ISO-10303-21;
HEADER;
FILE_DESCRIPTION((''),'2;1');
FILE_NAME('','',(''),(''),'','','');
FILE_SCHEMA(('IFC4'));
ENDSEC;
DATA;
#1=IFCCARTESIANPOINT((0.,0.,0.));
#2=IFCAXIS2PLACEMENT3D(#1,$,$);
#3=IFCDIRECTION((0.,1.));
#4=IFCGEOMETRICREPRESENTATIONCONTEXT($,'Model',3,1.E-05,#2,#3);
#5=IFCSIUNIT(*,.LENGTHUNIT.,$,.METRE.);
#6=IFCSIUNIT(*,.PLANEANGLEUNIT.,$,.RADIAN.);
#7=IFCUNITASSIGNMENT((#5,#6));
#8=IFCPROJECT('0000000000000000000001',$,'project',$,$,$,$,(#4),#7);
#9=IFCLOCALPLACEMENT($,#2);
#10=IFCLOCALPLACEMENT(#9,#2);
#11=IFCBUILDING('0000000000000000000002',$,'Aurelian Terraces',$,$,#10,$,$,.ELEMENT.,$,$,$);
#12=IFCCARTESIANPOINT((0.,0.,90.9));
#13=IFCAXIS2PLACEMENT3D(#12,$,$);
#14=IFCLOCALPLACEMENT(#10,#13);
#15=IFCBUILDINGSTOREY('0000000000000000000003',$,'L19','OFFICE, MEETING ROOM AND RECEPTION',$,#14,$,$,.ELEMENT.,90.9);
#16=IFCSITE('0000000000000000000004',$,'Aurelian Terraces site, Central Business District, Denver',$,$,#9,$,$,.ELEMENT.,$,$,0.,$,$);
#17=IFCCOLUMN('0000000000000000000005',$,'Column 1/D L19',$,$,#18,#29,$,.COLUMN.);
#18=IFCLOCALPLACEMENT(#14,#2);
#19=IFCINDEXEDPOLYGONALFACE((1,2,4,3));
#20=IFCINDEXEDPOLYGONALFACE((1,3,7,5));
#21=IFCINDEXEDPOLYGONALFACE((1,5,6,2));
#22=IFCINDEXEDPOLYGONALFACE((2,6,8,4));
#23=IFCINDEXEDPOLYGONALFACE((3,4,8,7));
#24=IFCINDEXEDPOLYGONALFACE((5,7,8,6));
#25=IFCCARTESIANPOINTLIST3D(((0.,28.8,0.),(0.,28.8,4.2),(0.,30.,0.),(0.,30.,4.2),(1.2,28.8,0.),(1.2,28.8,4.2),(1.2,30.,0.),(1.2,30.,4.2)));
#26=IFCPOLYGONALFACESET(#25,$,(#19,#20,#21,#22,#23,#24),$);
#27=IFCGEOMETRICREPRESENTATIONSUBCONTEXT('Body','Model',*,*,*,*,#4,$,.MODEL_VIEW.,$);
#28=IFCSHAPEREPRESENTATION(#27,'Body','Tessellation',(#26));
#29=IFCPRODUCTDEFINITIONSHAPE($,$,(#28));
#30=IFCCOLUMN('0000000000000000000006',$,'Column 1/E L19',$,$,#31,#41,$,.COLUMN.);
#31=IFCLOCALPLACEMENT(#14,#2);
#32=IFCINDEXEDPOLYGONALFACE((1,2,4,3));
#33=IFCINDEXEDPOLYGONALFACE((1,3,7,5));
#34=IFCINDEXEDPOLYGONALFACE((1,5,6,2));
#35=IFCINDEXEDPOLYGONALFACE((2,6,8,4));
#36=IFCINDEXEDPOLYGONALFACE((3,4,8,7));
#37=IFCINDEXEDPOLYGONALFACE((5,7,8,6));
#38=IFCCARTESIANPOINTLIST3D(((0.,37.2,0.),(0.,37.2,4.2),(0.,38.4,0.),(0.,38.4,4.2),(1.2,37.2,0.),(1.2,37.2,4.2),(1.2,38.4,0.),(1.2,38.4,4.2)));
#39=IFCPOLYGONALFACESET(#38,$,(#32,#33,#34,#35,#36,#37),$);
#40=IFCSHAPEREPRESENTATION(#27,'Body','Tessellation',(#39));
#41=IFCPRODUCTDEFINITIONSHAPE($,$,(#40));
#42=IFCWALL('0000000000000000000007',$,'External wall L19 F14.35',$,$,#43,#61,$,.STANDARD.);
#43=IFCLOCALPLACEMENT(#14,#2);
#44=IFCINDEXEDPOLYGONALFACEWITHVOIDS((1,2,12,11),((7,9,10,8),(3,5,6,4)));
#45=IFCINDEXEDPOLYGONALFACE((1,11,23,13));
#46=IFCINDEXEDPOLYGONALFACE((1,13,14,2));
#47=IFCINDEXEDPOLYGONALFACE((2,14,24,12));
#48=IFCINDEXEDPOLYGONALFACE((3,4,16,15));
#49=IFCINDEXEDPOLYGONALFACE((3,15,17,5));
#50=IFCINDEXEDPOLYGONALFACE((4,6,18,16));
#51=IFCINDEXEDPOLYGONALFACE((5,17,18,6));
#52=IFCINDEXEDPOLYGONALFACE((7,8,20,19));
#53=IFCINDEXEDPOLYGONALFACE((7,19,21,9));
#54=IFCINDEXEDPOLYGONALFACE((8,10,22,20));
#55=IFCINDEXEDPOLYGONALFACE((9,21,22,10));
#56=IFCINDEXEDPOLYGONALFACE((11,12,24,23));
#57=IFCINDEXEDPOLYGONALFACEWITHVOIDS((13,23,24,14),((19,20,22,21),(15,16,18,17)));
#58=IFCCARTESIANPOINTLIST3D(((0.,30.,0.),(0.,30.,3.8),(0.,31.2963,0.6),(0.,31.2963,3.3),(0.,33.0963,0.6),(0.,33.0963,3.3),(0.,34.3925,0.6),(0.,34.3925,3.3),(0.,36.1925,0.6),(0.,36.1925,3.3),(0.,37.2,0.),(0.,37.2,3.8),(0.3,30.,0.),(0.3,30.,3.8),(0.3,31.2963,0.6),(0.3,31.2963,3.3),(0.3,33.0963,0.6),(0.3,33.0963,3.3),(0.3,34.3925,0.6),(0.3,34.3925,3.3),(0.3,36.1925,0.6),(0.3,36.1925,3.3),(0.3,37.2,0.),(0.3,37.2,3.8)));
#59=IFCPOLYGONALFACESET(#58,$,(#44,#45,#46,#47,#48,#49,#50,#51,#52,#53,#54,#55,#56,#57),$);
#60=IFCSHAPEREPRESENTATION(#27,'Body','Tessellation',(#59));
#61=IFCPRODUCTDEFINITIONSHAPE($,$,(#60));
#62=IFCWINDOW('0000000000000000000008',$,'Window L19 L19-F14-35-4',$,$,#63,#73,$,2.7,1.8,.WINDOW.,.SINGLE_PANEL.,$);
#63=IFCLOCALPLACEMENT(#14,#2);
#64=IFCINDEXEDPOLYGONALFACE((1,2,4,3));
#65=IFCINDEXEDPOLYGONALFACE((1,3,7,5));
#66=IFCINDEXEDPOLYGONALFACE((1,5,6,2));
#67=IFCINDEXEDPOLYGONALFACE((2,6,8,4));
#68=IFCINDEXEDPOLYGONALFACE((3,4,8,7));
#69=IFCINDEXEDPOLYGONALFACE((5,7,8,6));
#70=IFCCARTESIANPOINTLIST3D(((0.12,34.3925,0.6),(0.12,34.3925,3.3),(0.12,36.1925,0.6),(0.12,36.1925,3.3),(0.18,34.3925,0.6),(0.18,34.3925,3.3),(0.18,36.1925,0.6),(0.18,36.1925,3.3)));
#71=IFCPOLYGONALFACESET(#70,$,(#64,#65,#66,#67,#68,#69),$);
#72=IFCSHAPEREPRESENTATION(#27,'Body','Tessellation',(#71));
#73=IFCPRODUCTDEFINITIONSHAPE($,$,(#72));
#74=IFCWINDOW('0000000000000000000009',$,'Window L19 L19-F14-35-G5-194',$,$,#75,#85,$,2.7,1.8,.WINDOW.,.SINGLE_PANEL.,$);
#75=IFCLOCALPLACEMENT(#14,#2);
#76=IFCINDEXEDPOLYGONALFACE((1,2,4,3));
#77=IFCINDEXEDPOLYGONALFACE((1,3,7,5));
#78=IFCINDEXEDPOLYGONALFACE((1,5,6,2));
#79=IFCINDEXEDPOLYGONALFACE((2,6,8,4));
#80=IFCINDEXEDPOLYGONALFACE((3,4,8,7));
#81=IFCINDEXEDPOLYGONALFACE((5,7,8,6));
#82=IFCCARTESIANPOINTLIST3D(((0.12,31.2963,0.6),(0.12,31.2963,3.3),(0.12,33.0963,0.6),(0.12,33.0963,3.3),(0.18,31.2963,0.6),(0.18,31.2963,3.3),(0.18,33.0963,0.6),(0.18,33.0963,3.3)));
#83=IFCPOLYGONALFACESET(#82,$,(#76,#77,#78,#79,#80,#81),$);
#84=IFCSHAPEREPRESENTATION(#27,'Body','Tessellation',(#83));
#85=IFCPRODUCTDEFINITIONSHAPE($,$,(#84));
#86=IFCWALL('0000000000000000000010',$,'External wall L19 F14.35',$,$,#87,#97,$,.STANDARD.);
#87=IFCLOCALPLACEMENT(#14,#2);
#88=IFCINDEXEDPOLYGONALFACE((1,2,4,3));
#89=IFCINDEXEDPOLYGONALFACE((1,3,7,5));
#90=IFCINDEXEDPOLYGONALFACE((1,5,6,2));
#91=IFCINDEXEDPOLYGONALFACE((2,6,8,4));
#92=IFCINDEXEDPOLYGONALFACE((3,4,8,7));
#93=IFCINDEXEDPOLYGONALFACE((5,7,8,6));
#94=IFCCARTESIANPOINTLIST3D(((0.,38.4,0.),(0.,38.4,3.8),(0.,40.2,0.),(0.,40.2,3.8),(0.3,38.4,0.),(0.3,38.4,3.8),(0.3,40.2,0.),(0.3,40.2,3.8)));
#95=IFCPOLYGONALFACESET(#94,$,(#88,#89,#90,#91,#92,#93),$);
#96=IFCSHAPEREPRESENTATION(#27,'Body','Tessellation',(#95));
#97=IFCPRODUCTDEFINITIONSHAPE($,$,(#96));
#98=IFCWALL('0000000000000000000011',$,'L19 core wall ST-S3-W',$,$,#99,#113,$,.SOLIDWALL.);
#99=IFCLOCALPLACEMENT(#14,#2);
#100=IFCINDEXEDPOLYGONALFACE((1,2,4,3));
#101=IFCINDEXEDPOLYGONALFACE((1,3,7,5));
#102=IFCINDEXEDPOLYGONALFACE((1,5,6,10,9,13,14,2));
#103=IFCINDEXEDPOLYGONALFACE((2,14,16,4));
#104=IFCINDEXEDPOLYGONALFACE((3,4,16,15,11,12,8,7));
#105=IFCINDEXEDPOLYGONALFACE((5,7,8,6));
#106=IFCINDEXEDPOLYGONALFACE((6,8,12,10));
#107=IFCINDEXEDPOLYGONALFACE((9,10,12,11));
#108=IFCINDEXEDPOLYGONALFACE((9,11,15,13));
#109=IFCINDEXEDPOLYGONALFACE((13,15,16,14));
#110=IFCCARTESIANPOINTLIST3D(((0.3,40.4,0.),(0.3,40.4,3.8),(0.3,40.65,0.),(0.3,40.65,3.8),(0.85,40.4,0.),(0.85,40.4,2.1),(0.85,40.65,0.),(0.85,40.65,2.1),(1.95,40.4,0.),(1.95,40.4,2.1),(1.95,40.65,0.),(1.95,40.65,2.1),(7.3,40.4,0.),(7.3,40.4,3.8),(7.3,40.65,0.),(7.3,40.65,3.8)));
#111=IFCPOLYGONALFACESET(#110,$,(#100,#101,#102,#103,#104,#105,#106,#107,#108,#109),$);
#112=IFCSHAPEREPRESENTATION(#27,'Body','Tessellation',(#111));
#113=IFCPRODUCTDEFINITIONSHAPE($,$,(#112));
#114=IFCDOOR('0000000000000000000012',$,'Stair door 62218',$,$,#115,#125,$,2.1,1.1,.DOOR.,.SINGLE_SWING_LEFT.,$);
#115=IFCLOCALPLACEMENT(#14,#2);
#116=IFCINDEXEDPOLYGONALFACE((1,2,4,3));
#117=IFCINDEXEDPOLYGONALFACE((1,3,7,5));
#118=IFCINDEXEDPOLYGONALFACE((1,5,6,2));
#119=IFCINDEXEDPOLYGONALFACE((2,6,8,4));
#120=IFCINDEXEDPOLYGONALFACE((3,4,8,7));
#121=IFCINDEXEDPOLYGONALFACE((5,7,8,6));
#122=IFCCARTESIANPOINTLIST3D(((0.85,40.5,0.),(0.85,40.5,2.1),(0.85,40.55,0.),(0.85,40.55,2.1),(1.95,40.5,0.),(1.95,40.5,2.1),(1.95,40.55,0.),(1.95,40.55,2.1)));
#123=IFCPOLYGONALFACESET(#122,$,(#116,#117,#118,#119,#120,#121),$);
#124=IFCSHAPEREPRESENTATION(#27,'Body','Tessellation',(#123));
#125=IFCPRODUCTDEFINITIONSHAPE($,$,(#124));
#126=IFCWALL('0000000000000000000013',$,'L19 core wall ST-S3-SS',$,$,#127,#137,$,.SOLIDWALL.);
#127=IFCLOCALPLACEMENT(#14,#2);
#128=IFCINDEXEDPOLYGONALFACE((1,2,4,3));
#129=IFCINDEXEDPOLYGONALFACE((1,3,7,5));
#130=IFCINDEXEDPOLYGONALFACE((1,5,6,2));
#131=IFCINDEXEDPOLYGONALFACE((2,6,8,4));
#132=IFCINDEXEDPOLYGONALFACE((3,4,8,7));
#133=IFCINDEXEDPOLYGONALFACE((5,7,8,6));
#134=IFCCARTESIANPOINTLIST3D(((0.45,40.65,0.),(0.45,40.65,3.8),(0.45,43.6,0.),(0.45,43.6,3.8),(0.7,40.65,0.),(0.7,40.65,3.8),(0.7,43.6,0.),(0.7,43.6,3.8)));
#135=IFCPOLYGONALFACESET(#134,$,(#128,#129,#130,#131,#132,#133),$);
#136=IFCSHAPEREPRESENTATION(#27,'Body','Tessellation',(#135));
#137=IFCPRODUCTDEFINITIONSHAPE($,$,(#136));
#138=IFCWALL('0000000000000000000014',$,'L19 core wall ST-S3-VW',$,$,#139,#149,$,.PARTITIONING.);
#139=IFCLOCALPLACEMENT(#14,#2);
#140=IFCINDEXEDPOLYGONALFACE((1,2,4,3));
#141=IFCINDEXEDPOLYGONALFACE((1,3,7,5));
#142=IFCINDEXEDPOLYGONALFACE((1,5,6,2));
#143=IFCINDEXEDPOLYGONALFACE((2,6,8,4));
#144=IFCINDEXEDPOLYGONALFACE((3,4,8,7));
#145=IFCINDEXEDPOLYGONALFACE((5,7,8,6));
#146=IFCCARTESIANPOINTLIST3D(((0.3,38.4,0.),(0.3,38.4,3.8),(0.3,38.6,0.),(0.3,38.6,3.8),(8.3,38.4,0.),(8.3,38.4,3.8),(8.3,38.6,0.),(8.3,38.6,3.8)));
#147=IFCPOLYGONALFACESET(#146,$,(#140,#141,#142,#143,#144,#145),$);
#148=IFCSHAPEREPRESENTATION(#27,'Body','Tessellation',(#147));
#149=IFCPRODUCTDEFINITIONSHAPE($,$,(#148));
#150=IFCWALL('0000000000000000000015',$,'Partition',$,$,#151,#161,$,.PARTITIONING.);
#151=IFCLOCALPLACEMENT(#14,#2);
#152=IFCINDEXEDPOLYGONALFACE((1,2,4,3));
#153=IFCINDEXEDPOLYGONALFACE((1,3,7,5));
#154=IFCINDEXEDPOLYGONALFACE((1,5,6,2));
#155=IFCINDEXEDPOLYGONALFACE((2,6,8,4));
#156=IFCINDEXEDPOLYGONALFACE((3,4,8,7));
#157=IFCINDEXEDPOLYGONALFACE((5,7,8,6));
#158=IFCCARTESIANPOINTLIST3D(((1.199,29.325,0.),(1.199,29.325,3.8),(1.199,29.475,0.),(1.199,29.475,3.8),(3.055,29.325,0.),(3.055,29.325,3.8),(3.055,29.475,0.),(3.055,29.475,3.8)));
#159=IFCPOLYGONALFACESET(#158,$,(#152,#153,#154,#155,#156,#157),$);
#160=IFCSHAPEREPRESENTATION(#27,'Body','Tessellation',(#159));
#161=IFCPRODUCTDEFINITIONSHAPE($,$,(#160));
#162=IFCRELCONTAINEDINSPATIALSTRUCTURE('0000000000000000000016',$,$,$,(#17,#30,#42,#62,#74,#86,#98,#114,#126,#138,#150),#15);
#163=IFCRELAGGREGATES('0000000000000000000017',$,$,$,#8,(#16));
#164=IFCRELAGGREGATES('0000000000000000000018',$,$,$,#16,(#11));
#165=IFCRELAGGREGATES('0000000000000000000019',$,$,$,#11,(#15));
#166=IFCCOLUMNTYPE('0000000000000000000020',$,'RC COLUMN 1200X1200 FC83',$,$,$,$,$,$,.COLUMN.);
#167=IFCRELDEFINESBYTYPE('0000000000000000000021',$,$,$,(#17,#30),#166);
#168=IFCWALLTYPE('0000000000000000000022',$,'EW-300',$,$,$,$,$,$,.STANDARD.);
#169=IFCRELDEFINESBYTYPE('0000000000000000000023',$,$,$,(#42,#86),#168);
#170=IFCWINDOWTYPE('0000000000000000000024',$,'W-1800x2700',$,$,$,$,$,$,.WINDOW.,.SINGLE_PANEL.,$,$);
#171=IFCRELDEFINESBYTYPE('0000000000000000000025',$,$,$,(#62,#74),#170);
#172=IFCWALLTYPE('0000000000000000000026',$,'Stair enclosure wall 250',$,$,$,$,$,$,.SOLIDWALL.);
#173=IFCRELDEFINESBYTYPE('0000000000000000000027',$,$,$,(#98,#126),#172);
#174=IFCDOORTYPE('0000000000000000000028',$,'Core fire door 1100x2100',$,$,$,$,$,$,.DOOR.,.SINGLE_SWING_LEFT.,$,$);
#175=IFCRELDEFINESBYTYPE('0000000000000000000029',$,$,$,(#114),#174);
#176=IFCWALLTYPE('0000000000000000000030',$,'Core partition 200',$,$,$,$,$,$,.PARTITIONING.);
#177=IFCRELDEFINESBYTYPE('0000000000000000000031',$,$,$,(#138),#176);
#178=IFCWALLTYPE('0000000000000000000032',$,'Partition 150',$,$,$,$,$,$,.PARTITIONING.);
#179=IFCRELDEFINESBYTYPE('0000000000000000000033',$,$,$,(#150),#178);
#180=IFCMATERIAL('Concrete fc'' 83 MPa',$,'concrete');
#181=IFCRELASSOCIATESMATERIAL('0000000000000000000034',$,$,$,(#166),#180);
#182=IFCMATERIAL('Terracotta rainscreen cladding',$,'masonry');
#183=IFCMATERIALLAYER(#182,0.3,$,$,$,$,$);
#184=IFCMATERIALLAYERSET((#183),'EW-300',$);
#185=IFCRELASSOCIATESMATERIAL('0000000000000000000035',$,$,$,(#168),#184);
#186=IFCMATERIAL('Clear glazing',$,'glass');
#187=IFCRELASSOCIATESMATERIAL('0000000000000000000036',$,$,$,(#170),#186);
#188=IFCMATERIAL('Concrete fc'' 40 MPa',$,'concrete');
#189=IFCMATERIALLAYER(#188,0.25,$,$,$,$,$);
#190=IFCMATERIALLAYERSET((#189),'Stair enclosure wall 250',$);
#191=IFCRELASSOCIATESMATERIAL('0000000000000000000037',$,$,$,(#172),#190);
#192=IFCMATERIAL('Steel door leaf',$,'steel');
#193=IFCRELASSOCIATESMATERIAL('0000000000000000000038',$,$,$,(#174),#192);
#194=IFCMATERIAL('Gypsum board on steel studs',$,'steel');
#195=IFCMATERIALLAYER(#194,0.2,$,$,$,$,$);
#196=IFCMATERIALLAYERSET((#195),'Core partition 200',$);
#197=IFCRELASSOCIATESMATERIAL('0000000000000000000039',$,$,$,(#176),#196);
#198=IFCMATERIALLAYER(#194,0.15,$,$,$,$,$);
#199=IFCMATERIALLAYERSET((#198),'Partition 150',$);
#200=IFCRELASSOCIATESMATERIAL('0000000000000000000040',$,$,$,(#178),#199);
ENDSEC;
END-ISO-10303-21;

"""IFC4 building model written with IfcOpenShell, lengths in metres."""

from ifc_helpers import new_model, si_unit, direction, frame, frame_2d, origin, origin_2d, place, context, subcontext, project, spatial, rectangle, extrude, source, transform, mapped, material, layer, layer_set, material_profile, profile_set, type_object, element, fill, save


model = new_model("IFC4")

# Units and contexts
model_context = context("Model", 3, precision=1e-05, world=origin(), true_north=direction((0.0, 1.0)))
body_context = subcontext(model_context, "Body", "Model", "MODEL_VIEW")
ifc_project = project(units=[si_unit("LENGTHUNIT", "METRE"), si_unit("PLANEANGLEUNIT", "RADIAN")], contexts=[model_context])

# Site, building, storey
site_placement = place(None, origin())
site = spatial("IfcSite", under=ifc_project, at=site_placement, Name="Aurelian Terraces site, Central Business District, Denver", CompositionType="ELEMENT", RefElevation=0.0)
building_placement = place(site_placement, origin())
building = spatial("IfcBuilding", under=site, at=building_placement, Name="Aurelian Terraces", CompositionType="ELEMENT")
storey_placement = place(building_placement, frame((0.0, 0.0, 90.9)))
storey = spatial("IfcBuildingStorey", under=building, at=storey_placement, Name="L19", Description="OFFICE, MEETING ROOM AND RECEPTION", CompositionType="ELEMENT", Elevation=90.9)

# Columns
ifc_material_1 = material(Name="Concrete fc' 83 MPa", Category="concrete")
ifc_material_profile = material_profile(ifc_material_1, rectangle(XDim=1.2, YDim=1.2, at=origin_2d()))
ifc_profile_set = profile_set([ifc_material_profile], Name="Concrete fc' 83 MPa")
column_type = type_object("IfcColumnType", Name="RC COLUMN 1200X1200 FC83", PredefinedType="COLUMN", material=ifc_profile_set)
shared_shape_1 = source(origin(), body_context, "Body", "SweptSolid", [
    extrude(rectangle(XDim=1.2, YDim=1.2, at=origin_2d()), origin(), (0.0, 0.0, 1.0), 4.2),
])
for number, where, z_axis, x_axis, name in (
    (1, (0.6, 29.4, 0.0), (0.0, 0.0, 1.0), (1.0, 0.0, 0.0), "Column 1/D L19"),
    (2, (0.6, 37.8, 0.0), (0.0, 0.0, 1.0), (1.0, 0.0, 0.0), "Column 1/E L19"),
):
    element("IfcColumn", number, at=place(storey_placement, frame(where, z_axis=z_axis, x_axis=x_axis)), inside=storey, type_object=column_type, Name=name, PredefinedType="COLUMN", context=body_context, shape_type="MappedRepresentation", body=[
        mapped(shared_shape_1, transform((0.0, 0.0, 0.0), scale=1.0)),
    ])

# Wall, openings, windows
ifc_material_2 = material(Name="Terracotta rainscreen cladding", Category="masonry")
ifc_layer_1 = layer(ifc_material_2, 0.3)
ifc_layer_set_1 = layer_set([ifc_layer_1], Name="EW-300")
wall_type_1 = type_object("IfcWallType", Name="EW-300", PredefinedType="STANDARD", material=ifc_layer_set_1)
shared_shape_2 = source(origin(), body_context, "Body", "SweptSolid", [
    extrude(rectangle(XDim=7.2, YDim=0.3, at=frame_2d((3.6, 0.0))), origin(), (0.0, 0.0, 1.0), 3.8),
])
wall_1_placement = place(storey_placement, frame((0.15, 37.2, 0.0), z_axis=(0.0, 0.0, 1.0), x_axis=(0.0, -1.0, 0.0)))
wall_1 = element("IfcWall", 3, at=wall_1_placement, inside=storey, type_object=wall_type_1, Name="External wall L19 F14.35", PredefinedType="STANDARD", context=body_context, shape_type="MappedRepresentation", body=[
    mapped(shared_shape_2, transform((0.0, 0.0, 0.0), scale=1.0)),
])
shared_shape_3 = source(origin(), body_context, "Body", "SweptSolid", [
    extrude(rectangle(XDim=1.8, YDim=2.7, at=frame_2d((0.9, 1.35))), frame((0.0, 0.16, 0.0), z_axis=(0.0, -1.0, 0.0), x_axis=(1.0, 0.0, 0.0)), (0.0, 0.0, 1.0), 0.32),
])
opening_1_placement = place(wall_1_placement, frame((1.0075, 0.0, 0.6)))
opening_1 = element("IfcOpeningElement", 4, at=opening_1_placement, cuts=wall_1, PredefinedType="OPENING", context=body_context, shape_type="MappedRepresentation", body=[
    mapped(shared_shape_3, transform((0.0, 0.0, 0.0), scale=1.0)),
])
opening_2_placement = place(wall_1_placement, frame((4.1037, 0.0, 0.6)))
opening_2 = element("IfcOpeningElement", 5, at=opening_2_placement, cuts=wall_1, PredefinedType="OPENING", context=body_context, shape_type="MappedRepresentation", body=[
    mapped(shared_shape_3, transform((0.0, 0.0, 0.0), scale=1.0)),
])
ifc_material_3 = material(Name="Clear glazing", Category="glass")
window_type = type_object("IfcWindowType", Name="W-1800x2700", PartitioningType="SINGLE_PANEL", PredefinedType="WINDOW", material=ifc_material_3)
shared_shape_4 = source(origin(), body_context, "Body", "SweptSolid", [
    extrude(rectangle(XDim=1.8, YDim=2.7, at=frame_2d((0.9, 1.35))), frame((0.0, 0.03, 0.0), z_axis=(0.0, -1.0, 0.0), x_axis=(1.0, 0.0, 0.0)), (0.0, 0.0, 1.0), 0.06),
])
window_1_placement = place(opening_1_placement, origin())
window_1 = element("IfcWindow", 6, at=window_1_placement, inside=storey, type_object=window_type, Name="Window L19 L19-F14-35-4", OverallHeight=2.7, OverallWidth=1.8, PartitioningType="SINGLE_PANEL", PredefinedType="WINDOW", context=body_context, shape_type="MappedRepresentation", body=[
    mapped(shared_shape_4, transform((0.0, 0.0, 0.0), scale=1.0)),
])
fill(opening_1, window_1)
window_2_placement = place(opening_2_placement, origin())
window_2 = element("IfcWindow", 7, at=window_2_placement, inside=storey, type_object=window_type, Name="Window L19 L19-F14-35-G5-194", OverallHeight=2.7, OverallWidth=1.8, PartitioningType="SINGLE_PANEL", PredefinedType="WINDOW", context=body_context, shape_type="MappedRepresentation", body=[
    mapped(shared_shape_4, transform((0.0, 0.0, 0.0), scale=1.0)),
])
fill(opening_2, window_2)

# Wall
shared_shape_5 = source(origin(), body_context, "Body", "SweptSolid", [
    extrude(rectangle(XDim=1.8, YDim=0.3, at=frame_2d((0.9, 0.0))), origin(), (0.0, 0.0, 1.0), 3.8),
])
wall_2_placement = place(storey_placement, frame((0.15, 40.2, 0.0), z_axis=(0.0, 0.0, 1.0), x_axis=(0.0, -1.0, 0.0)))
element("IfcWall", 8, at=wall_2_placement, inside=storey, type_object=wall_type_1, Name="External wall L19 F14.35", PredefinedType="STANDARD", context=body_context, shape_type="MappedRepresentation", body=[
    mapped(shared_shape_5, transform((0.0, 0.0, 0.0), scale=1.0)),
])

# Wall, opening, door
ifc_material_4 = material(Name="Concrete fc' 40 MPa", Category="concrete")
ifc_layer_2 = layer(ifc_material_4, 0.25)
ifc_layer_set_2 = layer_set([ifc_layer_2], Name="Stair enclosure wall 250")
wall_type_2 = type_object("IfcWallType", Name="Stair enclosure wall 250", PredefinedType="SOLIDWALL", material=ifc_layer_set_2)
shared_shape_6 = source(origin(), body_context, "Body", "SweptSolid", [
    extrude(rectangle(XDim=7.0, YDim=0.25, at=frame_2d((3.5, 0.0))), origin(), (0.0, 0.0, 1.0), 3.8),
])
wall_3_placement = place(storey_placement, frame((0.3, 40.525, 0.0), z_axis=(0.0, 0.0, 1.0), x_axis=(1.0, 0.0, 0.0)))
wall_3 = element("IfcWall", 9, at=wall_3_placement, inside=storey, type_object=wall_type_2, Name="L19 core wall ST-S3-W", PredefinedType="SOLIDWALL", context=body_context, shape_type="MappedRepresentation", body=[
    mapped(shared_shape_6, transform((0.0, 0.0, 0.0), scale=1.0)),
])
shared_shape_7 = source(origin(), body_context, "Body", "SweptSolid", [
    extrude(rectangle(XDim=1.1, YDim=2.1, at=frame_2d((0.55, 1.05))), frame((0.0, 0.135, 0.0), z_axis=(0.0, -1.0, 0.0), x_axis=(1.0, 0.0, 0.0)), (0.0, 0.0, 1.0), 0.27),
])
opening_3_placement = place(wall_3_placement, frame((0.55, 0.0, 0.0)))
opening_3 = element("IfcOpeningElement", 10, at=opening_3_placement, cuts=wall_3, PredefinedType="OPENING", context=body_context, shape_type="MappedRepresentation", body=[
    mapped(shared_shape_7, transform((0.0, 0.0, 0.0), scale=1.0)),
])
ifc_material_5 = material(Name="Steel door leaf", Category="steel")
door_type_1 = type_object("IfcDoorType", Name="Core fire door 1100x2100", OperationType="SINGLE_SWING_LEFT", PredefinedType="DOOR", material=ifc_material_5)
shared_shape_8 = source(origin(), body_context, "Body", "SweptSolid", [
    extrude(rectangle(XDim=1.1, YDim=2.1, at=frame_2d((0.55, 1.05))), frame((0.0, 0.025, 0.0), z_axis=(0.0, -1.0, 0.0), x_axis=(1.0, 0.0, 0.0)), (0.0, 0.0, 1.0), 0.05),
])
door_1_placement = place(opening_3_placement, origin())
door_1 = element("IfcDoor", 11, at=door_1_placement, inside=storey, type_object=door_type_1, Name="Stair door 62218", OperationType="SINGLE_SWING_LEFT", OverallHeight=2.1, OverallWidth=1.1, PredefinedType="DOOR", context=body_context, shape_type="MappedRepresentation", body=[
    mapped(shared_shape_8, transform((0.0, 0.0, 0.0), scale=1.0)),
])
fill(opening_3, door_1)

# Walls
shared_shape_9 = source(origin(), body_context, "Body", "SweptSolid", [
    extrude(rectangle(XDim=2.95, YDim=0.25, at=frame_2d((1.475, 0.0))), origin(), (0.0, 0.0, 1.0), 3.8),
])
wall_4_placement = place(storey_placement, frame((0.575, 40.65, 0.0), z_axis=(0.0, 0.0, 1.0), x_axis=(0.0, 1.0, 0.0)))
element("IfcWall", 12, at=wall_4_placement, inside=storey, type_object=wall_type_2, Name="L19 core wall ST-S3-SS", PredefinedType="SOLIDWALL", context=body_context, shape_type="MappedRepresentation", body=[
    mapped(shared_shape_9, transform((0.0, 0.0, 0.0), scale=1.0)),
])
ifc_material_6 = material(Name="Gypsum board on steel studs", Category="steel")
ifc_layer_3 = layer(ifc_material_6, 0.2)
ifc_layer_set_3 = layer_set([ifc_layer_3], Name="Core partition 200")
wall_type_3 = type_object("IfcWallType", Name="Core partition 200", PredefinedType="PARTITIONING", material=ifc_layer_set_3)
shared_shape_10 = source(origin(), body_context, "Body", "SweptSolid", [
    extrude(rectangle(XDim=8.0, YDim=0.2, at=frame_2d((4.0, 0.0))), origin(), (0.0, 0.0, 1.0), 3.8),
])
wall_5_placement = place(storey_placement, frame((0.3, 38.5, 0.0), z_axis=(0.0, 0.0, 1.0), x_axis=(1.0, 0.0, 0.0)))
element("IfcWall", 13, at=wall_5_placement, inside=storey, type_object=wall_type_3, Name="L19 core wall ST-S3-VW", PredefinedType="PARTITIONING", context=body_context, shape_type="MappedRepresentation", body=[
    mapped(shared_shape_10, transform((0.0, 0.0, 0.0), scale=1.0)),
])
ifc_layer_4 = layer(ifc_material_6, 0.15)
ifc_layer_set_4 = layer_set([ifc_layer_4], Name="Partition 150")
wall_type_4 = type_object("IfcWallType", Name="Partition 150", PredefinedType="PARTITIONING", material=ifc_layer_set_4)
shared_shape_11 = source(origin(), body_context, "Body", "SweptSolid", [
    extrude(rectangle(XDim=1.856, YDim=0.15, at=frame_2d((0.928, 0.0))), origin(), (0.0, 0.0, 1.0), 3.8),
])
wall_6_placement = place(storey_placement, frame((3.055, 29.4, 0.0), z_axis=(0.0, 0.0, 1.0), x_axis=(-1.0, 0.0, 0.0)))
element("IfcWall", 14, at=wall_6_placement, inside=storey, type_object=wall_type_4, Name="Partition", PredefinedType="PARTITIONING", context=body_context, shape_type="MappedRepresentation", body=[
    mapped(shared_shape_11, transform((0.0, 0.0, 0.0), scale=1.0)),
])

save(model, "model.ifc")
